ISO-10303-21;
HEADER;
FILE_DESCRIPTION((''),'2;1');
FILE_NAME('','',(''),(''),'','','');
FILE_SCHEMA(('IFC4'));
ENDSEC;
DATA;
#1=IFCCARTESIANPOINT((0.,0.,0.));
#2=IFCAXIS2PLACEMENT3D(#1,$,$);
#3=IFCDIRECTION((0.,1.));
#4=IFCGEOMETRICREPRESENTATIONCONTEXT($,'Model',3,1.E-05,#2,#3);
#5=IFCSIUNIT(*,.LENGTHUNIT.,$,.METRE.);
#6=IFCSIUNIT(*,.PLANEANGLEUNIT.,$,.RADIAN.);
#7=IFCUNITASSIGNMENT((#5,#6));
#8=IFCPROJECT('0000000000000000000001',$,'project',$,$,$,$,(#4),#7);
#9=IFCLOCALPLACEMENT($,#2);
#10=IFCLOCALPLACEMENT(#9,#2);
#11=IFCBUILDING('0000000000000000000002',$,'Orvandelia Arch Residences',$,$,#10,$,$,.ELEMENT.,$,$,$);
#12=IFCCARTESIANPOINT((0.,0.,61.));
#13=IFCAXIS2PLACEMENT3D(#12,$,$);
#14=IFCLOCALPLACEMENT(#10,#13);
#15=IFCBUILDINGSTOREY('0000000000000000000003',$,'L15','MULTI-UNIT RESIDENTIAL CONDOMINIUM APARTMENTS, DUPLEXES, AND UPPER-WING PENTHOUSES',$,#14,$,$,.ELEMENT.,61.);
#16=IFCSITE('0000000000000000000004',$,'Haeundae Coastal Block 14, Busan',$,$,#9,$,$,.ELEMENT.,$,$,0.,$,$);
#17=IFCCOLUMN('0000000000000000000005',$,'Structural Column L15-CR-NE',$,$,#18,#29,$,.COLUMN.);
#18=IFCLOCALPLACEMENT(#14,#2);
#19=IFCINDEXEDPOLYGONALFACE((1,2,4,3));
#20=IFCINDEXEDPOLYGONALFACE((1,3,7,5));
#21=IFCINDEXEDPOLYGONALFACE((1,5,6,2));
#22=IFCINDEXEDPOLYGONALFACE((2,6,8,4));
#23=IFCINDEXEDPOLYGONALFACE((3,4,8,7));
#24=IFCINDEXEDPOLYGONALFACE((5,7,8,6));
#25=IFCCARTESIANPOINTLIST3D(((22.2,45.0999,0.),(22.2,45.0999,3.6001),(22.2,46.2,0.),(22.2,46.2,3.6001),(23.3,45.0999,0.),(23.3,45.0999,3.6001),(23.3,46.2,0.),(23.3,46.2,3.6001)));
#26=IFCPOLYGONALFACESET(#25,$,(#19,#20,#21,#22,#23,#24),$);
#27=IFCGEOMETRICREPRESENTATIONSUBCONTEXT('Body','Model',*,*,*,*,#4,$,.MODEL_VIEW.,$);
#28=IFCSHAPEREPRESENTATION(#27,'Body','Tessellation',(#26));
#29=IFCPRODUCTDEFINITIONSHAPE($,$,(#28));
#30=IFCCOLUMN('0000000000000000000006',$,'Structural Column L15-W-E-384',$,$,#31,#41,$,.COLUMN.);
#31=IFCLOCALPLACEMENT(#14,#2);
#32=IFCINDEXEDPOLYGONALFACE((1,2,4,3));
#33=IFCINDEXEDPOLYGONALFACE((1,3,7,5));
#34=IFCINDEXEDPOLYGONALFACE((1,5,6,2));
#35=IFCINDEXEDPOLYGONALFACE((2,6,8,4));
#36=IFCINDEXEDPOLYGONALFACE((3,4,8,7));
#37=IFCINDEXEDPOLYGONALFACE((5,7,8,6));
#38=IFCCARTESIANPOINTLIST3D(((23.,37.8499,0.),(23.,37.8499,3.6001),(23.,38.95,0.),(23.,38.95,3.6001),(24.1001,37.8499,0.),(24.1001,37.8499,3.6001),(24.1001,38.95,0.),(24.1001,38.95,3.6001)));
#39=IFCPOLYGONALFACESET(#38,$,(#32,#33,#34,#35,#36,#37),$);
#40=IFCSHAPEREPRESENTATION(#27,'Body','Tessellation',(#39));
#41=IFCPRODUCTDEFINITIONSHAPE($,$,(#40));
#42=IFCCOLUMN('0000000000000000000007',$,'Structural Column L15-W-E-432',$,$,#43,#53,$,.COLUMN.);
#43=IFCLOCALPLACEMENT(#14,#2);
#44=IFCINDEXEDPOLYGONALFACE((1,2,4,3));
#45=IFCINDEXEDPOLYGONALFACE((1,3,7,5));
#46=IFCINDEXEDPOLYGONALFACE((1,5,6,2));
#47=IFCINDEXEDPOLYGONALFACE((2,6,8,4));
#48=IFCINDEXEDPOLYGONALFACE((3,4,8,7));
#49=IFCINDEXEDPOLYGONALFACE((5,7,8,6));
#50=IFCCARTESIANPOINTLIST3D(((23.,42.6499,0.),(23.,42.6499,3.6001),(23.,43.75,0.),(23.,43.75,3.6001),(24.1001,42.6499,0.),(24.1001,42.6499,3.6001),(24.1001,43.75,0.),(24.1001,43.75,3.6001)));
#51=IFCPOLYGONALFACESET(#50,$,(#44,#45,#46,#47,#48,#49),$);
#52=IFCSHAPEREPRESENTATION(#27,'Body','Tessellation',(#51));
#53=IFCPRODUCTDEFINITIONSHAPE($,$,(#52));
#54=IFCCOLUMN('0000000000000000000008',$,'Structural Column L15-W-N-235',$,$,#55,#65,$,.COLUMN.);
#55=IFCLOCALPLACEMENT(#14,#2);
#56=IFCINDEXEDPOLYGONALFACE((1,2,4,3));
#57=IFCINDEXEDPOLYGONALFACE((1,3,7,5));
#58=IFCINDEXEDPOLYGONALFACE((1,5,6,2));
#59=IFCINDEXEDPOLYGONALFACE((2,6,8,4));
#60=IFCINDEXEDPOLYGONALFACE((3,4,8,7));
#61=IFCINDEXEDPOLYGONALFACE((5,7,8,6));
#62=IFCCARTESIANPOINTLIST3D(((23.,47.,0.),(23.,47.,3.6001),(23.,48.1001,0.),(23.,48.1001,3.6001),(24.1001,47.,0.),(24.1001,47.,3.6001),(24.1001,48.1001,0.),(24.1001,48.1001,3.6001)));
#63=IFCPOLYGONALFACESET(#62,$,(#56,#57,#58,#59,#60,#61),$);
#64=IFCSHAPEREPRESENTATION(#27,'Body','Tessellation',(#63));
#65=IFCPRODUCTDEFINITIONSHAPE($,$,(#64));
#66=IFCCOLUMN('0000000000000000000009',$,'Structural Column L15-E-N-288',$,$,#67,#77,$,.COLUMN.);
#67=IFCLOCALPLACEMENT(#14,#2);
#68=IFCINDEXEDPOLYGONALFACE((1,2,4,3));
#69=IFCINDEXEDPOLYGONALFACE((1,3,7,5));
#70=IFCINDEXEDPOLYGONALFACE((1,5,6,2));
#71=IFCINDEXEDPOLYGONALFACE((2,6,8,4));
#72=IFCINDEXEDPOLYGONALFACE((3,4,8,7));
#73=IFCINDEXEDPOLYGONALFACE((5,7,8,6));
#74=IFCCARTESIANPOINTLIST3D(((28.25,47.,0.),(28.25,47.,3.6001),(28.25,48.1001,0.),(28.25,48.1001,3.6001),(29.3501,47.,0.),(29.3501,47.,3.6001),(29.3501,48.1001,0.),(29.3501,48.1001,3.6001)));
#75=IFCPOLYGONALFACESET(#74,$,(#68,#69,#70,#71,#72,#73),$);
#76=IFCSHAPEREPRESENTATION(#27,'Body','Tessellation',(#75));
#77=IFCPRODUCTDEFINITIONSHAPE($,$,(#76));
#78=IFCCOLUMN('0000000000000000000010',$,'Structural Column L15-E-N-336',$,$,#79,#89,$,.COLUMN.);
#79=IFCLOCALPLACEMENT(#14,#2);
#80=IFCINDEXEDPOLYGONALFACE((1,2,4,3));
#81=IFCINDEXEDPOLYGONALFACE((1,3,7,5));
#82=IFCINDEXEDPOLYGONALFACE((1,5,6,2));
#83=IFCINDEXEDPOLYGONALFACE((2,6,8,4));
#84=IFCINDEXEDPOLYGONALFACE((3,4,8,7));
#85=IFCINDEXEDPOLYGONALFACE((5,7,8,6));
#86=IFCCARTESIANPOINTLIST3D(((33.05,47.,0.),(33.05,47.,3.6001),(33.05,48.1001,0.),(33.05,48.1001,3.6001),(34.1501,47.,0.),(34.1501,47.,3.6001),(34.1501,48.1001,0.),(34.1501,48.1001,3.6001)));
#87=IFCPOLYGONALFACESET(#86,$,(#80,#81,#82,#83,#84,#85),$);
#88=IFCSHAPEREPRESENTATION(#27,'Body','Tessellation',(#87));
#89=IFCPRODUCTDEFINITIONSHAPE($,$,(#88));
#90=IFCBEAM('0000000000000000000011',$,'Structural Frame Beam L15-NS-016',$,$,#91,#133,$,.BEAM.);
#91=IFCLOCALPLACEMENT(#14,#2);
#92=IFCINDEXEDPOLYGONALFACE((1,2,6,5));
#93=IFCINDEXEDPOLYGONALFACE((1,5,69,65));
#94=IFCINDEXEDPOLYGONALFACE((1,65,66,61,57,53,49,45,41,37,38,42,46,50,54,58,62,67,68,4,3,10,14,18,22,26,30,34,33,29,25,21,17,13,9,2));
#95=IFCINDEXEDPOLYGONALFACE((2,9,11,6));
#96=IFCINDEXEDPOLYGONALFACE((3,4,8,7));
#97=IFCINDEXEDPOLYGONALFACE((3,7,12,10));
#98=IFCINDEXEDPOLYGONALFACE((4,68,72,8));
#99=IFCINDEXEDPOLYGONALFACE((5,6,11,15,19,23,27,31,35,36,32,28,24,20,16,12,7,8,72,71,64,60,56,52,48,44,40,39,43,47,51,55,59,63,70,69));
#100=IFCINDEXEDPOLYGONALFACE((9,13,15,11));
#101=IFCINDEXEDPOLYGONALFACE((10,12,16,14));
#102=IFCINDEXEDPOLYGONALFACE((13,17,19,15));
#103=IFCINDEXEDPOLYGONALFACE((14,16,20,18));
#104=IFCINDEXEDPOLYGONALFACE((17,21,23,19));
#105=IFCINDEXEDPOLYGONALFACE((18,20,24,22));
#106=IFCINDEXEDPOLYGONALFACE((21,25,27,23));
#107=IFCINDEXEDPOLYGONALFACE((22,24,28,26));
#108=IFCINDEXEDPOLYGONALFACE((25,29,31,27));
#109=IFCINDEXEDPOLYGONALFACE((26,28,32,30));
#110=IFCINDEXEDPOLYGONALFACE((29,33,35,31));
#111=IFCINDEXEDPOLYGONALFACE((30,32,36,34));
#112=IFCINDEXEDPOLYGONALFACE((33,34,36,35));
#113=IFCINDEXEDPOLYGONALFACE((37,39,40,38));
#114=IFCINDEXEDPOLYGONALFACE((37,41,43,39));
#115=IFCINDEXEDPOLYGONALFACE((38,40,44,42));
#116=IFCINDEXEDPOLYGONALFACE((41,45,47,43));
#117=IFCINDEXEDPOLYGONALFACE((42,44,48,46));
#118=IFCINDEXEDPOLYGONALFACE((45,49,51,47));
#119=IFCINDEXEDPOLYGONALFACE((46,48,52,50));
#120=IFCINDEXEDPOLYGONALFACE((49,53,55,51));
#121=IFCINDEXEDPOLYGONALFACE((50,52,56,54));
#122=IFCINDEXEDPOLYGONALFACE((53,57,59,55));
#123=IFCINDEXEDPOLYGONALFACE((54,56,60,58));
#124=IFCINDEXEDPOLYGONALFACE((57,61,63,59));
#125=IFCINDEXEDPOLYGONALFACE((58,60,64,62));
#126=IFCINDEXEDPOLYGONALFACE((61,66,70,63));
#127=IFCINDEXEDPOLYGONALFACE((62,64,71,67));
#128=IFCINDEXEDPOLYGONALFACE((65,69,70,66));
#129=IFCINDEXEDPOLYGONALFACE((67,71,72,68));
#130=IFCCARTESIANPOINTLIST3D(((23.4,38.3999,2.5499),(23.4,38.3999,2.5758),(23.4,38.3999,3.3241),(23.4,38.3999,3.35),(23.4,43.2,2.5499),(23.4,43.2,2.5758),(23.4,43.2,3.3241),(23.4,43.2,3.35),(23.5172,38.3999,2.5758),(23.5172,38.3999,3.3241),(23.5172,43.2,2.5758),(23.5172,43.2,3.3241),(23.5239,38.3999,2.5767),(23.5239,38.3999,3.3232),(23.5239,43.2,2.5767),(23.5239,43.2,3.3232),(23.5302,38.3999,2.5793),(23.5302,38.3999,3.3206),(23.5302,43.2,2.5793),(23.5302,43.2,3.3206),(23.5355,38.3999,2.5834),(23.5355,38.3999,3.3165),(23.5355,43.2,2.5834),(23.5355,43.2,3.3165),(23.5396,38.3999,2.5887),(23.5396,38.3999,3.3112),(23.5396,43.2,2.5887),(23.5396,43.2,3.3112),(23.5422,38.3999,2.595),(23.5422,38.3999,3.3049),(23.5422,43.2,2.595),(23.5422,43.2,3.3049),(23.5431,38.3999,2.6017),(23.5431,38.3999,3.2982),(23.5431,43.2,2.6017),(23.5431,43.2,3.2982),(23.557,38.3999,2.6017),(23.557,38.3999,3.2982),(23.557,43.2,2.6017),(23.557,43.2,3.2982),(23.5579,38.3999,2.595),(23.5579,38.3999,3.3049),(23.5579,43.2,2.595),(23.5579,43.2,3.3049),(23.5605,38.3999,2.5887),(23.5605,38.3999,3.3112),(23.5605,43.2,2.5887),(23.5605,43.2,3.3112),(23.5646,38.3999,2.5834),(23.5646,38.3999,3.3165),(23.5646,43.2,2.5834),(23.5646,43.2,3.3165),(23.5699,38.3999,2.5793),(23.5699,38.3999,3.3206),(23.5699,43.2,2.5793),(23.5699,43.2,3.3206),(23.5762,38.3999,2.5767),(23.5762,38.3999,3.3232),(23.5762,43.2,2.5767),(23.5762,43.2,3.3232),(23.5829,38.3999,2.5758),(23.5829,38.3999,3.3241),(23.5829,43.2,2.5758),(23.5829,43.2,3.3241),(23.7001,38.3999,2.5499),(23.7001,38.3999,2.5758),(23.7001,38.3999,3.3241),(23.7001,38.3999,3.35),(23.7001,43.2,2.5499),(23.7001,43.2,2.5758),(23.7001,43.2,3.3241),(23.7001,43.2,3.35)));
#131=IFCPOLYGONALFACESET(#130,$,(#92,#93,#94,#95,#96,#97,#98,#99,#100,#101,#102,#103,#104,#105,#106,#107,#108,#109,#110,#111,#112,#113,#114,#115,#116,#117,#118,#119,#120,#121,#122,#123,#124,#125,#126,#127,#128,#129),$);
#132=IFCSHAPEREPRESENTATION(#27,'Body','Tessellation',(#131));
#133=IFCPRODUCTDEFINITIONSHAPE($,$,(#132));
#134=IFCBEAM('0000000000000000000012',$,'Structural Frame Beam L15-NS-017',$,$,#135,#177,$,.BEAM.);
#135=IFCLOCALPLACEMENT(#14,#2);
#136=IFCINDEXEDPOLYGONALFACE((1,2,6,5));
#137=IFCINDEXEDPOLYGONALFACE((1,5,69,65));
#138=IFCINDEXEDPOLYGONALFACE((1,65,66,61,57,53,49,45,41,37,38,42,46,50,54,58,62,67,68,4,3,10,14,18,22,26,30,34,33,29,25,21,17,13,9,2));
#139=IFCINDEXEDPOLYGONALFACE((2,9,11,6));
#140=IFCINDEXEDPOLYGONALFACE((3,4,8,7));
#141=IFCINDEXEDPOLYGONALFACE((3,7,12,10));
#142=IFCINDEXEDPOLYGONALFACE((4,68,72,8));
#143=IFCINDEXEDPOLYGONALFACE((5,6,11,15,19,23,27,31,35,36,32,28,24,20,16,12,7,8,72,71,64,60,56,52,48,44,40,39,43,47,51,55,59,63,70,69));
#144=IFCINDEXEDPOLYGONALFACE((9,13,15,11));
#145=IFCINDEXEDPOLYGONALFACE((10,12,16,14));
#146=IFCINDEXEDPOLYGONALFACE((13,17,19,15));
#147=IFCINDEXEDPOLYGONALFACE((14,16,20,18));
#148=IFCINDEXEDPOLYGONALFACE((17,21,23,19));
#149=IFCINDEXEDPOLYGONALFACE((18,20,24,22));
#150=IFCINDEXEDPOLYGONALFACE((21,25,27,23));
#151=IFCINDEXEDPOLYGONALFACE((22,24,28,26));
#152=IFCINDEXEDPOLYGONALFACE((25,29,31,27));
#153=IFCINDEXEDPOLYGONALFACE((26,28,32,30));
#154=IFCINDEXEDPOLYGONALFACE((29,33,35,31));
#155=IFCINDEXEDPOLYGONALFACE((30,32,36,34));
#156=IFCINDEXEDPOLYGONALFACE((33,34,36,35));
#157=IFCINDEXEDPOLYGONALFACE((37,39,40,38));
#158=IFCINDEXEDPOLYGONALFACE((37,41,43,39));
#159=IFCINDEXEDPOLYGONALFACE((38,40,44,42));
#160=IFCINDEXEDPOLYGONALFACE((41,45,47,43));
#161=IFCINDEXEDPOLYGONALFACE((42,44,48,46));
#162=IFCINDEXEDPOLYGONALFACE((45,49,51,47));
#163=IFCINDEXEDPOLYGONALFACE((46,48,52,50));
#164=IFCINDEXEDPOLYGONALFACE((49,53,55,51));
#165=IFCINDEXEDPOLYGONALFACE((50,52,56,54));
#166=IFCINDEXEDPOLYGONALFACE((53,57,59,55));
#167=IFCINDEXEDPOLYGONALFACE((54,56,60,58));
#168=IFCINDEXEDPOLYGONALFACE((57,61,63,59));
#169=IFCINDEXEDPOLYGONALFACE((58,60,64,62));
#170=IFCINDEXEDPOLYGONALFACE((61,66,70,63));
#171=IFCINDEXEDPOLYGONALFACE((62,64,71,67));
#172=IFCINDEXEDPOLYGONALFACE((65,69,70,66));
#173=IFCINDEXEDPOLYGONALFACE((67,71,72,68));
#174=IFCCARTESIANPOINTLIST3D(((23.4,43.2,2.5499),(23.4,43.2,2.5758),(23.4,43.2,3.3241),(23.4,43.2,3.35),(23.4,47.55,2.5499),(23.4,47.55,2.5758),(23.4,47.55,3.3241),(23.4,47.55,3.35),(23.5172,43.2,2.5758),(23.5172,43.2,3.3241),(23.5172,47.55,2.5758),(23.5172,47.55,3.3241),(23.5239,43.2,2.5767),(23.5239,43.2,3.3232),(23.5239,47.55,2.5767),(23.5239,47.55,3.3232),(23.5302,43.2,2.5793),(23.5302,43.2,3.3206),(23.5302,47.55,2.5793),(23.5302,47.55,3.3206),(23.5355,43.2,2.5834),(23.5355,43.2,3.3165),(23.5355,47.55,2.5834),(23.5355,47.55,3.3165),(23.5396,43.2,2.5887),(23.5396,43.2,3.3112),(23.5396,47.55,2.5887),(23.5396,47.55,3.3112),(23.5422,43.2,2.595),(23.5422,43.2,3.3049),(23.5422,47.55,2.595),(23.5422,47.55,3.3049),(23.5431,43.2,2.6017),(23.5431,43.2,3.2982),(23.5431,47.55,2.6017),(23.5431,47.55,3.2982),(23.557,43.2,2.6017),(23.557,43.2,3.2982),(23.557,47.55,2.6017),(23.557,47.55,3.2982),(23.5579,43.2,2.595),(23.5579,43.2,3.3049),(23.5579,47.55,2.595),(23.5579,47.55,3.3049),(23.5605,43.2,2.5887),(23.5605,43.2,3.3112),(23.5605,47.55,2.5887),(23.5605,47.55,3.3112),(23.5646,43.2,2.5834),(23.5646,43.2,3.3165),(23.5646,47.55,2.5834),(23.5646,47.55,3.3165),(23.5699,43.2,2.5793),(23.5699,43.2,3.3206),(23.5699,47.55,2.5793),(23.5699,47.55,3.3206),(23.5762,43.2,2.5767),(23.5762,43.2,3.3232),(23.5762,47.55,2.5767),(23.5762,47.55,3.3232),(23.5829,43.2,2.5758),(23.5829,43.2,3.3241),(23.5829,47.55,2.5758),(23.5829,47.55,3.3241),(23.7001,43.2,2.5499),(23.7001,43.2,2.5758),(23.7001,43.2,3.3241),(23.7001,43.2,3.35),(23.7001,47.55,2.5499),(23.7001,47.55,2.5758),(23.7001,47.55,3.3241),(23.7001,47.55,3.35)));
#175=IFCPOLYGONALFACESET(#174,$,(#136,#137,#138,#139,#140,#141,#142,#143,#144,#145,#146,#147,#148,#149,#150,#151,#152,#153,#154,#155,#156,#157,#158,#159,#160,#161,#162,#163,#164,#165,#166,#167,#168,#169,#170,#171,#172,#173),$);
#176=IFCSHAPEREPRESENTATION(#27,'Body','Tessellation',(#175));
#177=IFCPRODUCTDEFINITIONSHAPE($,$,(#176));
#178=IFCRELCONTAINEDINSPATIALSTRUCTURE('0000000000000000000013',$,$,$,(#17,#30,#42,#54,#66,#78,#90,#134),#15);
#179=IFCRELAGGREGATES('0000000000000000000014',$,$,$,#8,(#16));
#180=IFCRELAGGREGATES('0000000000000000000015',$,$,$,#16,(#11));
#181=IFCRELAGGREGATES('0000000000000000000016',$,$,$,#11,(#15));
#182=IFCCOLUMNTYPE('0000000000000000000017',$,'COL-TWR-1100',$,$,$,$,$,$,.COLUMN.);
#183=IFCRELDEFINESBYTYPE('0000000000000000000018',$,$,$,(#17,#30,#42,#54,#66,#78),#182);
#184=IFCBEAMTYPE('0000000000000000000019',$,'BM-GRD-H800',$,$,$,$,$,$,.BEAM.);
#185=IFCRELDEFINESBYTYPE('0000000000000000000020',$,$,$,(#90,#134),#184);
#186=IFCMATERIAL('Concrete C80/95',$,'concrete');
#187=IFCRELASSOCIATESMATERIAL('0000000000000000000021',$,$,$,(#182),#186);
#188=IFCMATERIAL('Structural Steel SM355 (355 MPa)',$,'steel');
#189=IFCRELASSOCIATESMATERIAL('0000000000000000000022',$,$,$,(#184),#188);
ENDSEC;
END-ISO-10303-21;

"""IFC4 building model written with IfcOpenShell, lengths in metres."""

from ifc_helpers import new_model, si_unit, direction, frame, origin, origin_2d, place, context, subcontext, project, spatial, rectangle, i_section, extrude, material, material_profile, profile_set, type_object, element, save


model = new_model("IFC4")

# Units and contexts
model_context = context("Model", 3, precision=1e-05, world=origin(), true_north=direction((0.0, 1.0)))
body_context = subcontext(model_context, "Body", "Model", "MODEL_VIEW")
ifc_project = project(units=[si_unit("LENGTHUNIT", "METRE"), si_unit("PLANEANGLEUNIT", "RADIAN")], contexts=[model_context])

# Site, building, storey
site_placement = place(None, origin())
site = spatial("IfcSite", under=ifc_project, at=site_placement, Name="Haeundae Coastal Block 14, Busan", CompositionType="ELEMENT", RefElevation=0.0)
building_placement = place(site_placement, origin())
building = spatial("IfcBuilding", under=site, at=building_placement, Name="Orvandelia Arch Residences", CompositionType="ELEMENT")
storey_placement = place(building_placement, frame((0.0, 0.0, 61.0)))
storey = spatial("IfcBuildingStorey", under=building, at=storey_placement, Name="L15", Description="MULTI-UNIT RESIDENTIAL CONDOMINIUM APARTMENTS, DUPLEXES, AND UPPER-WING PENTHOUSES", CompositionType="ELEMENT", Elevation=61.0)

# Columns
ifc_material_1 = material(Name="Concrete C80/95", Category="concrete")
ifc_material_profile_1 = material_profile(ifc_material_1, rectangle(XDim=1.1001, YDim=1.1001, at=origin_2d()), Name="Concrete C80/95", Category="concrete")
ifc_profile_set_1 = profile_set([ifc_material_profile_1], Name="Concrete C80/95")
column_type = type_object("IfcColumnType", Name="COL-TWR-1100", PredefinedType="COLUMN", material=ifc_profile_set_1)
for number, where, z_axis, x_axis, name in (
    (1, (22.75, 45.6499, 0.0), (0.0, 0.0, 1.0), (1.0, 0.0, 0.0), "Structural Column L15-CR-NE"),
    (2, (23.55, 38.3999, 0.0), (0.0, 0.0, 1.0), (1.0, 0.0, 0.0), "Structural Column L15-W-E-384"),
    (3, (23.55, 43.2, 0.0), (0.0, 0.0, 1.0), (1.0, 0.0, 0.0), "Structural Column L15-W-E-432"),
    (4, (23.55, 47.55, 0.0), (0.0, 0.0, 1.0), (1.0, 0.0, 0.0), "Structural Column L15-W-N-235"),
    (5, (28.8, 47.55, 0.0), (0.0, 0.0, 1.0), (1.0, 0.0, 0.0), "Structural Column L15-E-N-288"),
    (6, (33.6001, 47.55, 0.0), (0.0, 0.0, 1.0), (1.0, 0.0, 0.0), "Structural Column L15-E-N-336"),
):
    element("IfcColumn", number, at=place(storey_placement, frame(where, z_axis=z_axis, x_axis=x_axis)), inside=storey, type_object=column_type, Name=name, PredefinedType="COLUMN", context=body_context, shape_type="SweptSolid", body=[
        extrude(rectangle(XDim=1.1001, YDim=1.1001, at=origin_2d()), origin(), (0.0, 0.0, 1.0), 3.6001),
    ])

# Beams
ifc_material_2 = material(Name="Structural Steel SM355 (355 MPa)", Category="steel")
ifc_material_profile_2 = material_profile(ifc_material_2, i_section(OverallWidth=0.3, OverallDepth=0.8, WebThickness=0.0139, FlangeThickness=0.0259, FilletRadius=0.0259, at=origin_2d()), Name="Structural Steel SM355 (355 MPa)", Category="steel")
ifc_profile_set_2 = profile_set([ifc_material_profile_2], Name="Structural Steel SM355 (355 MPa)")
beam_type = type_object("IfcBeamType", Name="BM-GRD-H800", PredefinedType="BEAM", material=ifc_profile_set_2)
beam_1_placement = place(storey_placement, frame((23.55, 38.3999, 2.95), z_axis=(0.0, 1.0, 0.0), x_axis=(-1.0, 0.0, 0.0)))
element("IfcBeam", 7, at=beam_1_placement, inside=storey, type_object=beam_type, Name="Structural Frame Beam L15-NS-016", PredefinedType="BEAM", context=body_context, shape_type="SweptSolid", body=[
    extrude(i_section(OverallWidth=0.3, OverallDepth=0.8, WebThickness=0.0139, FlangeThickness=0.0259, FilletRadius=0.0259, at=origin_2d()), origin(), (0.0, 0.0, 1.0), 4.8),
])
beam_2_placement = place(storey_placement, frame((23.55, 43.2, 2.95), z_axis=(0.0, 1.0, 0.0), x_axis=(-1.0, 0.0, 0.0)))
element("IfcBeam", 8, at=beam_2_placement, inside=storey, type_object=beam_type, Name="Structural Frame Beam L15-NS-017", PredefinedType="BEAM", context=body_context, shape_type="SweptSolid", body=[
    extrude(i_section(OverallWidth=0.3, OverallDepth=0.8, WebThickness=0.0139, FlangeThickness=0.0259, FilletRadius=0.0259, at=origin_2d()), origin(), (0.0, 0.0, 1.0), 4.3501),
])

save(model, "model.ifc")
